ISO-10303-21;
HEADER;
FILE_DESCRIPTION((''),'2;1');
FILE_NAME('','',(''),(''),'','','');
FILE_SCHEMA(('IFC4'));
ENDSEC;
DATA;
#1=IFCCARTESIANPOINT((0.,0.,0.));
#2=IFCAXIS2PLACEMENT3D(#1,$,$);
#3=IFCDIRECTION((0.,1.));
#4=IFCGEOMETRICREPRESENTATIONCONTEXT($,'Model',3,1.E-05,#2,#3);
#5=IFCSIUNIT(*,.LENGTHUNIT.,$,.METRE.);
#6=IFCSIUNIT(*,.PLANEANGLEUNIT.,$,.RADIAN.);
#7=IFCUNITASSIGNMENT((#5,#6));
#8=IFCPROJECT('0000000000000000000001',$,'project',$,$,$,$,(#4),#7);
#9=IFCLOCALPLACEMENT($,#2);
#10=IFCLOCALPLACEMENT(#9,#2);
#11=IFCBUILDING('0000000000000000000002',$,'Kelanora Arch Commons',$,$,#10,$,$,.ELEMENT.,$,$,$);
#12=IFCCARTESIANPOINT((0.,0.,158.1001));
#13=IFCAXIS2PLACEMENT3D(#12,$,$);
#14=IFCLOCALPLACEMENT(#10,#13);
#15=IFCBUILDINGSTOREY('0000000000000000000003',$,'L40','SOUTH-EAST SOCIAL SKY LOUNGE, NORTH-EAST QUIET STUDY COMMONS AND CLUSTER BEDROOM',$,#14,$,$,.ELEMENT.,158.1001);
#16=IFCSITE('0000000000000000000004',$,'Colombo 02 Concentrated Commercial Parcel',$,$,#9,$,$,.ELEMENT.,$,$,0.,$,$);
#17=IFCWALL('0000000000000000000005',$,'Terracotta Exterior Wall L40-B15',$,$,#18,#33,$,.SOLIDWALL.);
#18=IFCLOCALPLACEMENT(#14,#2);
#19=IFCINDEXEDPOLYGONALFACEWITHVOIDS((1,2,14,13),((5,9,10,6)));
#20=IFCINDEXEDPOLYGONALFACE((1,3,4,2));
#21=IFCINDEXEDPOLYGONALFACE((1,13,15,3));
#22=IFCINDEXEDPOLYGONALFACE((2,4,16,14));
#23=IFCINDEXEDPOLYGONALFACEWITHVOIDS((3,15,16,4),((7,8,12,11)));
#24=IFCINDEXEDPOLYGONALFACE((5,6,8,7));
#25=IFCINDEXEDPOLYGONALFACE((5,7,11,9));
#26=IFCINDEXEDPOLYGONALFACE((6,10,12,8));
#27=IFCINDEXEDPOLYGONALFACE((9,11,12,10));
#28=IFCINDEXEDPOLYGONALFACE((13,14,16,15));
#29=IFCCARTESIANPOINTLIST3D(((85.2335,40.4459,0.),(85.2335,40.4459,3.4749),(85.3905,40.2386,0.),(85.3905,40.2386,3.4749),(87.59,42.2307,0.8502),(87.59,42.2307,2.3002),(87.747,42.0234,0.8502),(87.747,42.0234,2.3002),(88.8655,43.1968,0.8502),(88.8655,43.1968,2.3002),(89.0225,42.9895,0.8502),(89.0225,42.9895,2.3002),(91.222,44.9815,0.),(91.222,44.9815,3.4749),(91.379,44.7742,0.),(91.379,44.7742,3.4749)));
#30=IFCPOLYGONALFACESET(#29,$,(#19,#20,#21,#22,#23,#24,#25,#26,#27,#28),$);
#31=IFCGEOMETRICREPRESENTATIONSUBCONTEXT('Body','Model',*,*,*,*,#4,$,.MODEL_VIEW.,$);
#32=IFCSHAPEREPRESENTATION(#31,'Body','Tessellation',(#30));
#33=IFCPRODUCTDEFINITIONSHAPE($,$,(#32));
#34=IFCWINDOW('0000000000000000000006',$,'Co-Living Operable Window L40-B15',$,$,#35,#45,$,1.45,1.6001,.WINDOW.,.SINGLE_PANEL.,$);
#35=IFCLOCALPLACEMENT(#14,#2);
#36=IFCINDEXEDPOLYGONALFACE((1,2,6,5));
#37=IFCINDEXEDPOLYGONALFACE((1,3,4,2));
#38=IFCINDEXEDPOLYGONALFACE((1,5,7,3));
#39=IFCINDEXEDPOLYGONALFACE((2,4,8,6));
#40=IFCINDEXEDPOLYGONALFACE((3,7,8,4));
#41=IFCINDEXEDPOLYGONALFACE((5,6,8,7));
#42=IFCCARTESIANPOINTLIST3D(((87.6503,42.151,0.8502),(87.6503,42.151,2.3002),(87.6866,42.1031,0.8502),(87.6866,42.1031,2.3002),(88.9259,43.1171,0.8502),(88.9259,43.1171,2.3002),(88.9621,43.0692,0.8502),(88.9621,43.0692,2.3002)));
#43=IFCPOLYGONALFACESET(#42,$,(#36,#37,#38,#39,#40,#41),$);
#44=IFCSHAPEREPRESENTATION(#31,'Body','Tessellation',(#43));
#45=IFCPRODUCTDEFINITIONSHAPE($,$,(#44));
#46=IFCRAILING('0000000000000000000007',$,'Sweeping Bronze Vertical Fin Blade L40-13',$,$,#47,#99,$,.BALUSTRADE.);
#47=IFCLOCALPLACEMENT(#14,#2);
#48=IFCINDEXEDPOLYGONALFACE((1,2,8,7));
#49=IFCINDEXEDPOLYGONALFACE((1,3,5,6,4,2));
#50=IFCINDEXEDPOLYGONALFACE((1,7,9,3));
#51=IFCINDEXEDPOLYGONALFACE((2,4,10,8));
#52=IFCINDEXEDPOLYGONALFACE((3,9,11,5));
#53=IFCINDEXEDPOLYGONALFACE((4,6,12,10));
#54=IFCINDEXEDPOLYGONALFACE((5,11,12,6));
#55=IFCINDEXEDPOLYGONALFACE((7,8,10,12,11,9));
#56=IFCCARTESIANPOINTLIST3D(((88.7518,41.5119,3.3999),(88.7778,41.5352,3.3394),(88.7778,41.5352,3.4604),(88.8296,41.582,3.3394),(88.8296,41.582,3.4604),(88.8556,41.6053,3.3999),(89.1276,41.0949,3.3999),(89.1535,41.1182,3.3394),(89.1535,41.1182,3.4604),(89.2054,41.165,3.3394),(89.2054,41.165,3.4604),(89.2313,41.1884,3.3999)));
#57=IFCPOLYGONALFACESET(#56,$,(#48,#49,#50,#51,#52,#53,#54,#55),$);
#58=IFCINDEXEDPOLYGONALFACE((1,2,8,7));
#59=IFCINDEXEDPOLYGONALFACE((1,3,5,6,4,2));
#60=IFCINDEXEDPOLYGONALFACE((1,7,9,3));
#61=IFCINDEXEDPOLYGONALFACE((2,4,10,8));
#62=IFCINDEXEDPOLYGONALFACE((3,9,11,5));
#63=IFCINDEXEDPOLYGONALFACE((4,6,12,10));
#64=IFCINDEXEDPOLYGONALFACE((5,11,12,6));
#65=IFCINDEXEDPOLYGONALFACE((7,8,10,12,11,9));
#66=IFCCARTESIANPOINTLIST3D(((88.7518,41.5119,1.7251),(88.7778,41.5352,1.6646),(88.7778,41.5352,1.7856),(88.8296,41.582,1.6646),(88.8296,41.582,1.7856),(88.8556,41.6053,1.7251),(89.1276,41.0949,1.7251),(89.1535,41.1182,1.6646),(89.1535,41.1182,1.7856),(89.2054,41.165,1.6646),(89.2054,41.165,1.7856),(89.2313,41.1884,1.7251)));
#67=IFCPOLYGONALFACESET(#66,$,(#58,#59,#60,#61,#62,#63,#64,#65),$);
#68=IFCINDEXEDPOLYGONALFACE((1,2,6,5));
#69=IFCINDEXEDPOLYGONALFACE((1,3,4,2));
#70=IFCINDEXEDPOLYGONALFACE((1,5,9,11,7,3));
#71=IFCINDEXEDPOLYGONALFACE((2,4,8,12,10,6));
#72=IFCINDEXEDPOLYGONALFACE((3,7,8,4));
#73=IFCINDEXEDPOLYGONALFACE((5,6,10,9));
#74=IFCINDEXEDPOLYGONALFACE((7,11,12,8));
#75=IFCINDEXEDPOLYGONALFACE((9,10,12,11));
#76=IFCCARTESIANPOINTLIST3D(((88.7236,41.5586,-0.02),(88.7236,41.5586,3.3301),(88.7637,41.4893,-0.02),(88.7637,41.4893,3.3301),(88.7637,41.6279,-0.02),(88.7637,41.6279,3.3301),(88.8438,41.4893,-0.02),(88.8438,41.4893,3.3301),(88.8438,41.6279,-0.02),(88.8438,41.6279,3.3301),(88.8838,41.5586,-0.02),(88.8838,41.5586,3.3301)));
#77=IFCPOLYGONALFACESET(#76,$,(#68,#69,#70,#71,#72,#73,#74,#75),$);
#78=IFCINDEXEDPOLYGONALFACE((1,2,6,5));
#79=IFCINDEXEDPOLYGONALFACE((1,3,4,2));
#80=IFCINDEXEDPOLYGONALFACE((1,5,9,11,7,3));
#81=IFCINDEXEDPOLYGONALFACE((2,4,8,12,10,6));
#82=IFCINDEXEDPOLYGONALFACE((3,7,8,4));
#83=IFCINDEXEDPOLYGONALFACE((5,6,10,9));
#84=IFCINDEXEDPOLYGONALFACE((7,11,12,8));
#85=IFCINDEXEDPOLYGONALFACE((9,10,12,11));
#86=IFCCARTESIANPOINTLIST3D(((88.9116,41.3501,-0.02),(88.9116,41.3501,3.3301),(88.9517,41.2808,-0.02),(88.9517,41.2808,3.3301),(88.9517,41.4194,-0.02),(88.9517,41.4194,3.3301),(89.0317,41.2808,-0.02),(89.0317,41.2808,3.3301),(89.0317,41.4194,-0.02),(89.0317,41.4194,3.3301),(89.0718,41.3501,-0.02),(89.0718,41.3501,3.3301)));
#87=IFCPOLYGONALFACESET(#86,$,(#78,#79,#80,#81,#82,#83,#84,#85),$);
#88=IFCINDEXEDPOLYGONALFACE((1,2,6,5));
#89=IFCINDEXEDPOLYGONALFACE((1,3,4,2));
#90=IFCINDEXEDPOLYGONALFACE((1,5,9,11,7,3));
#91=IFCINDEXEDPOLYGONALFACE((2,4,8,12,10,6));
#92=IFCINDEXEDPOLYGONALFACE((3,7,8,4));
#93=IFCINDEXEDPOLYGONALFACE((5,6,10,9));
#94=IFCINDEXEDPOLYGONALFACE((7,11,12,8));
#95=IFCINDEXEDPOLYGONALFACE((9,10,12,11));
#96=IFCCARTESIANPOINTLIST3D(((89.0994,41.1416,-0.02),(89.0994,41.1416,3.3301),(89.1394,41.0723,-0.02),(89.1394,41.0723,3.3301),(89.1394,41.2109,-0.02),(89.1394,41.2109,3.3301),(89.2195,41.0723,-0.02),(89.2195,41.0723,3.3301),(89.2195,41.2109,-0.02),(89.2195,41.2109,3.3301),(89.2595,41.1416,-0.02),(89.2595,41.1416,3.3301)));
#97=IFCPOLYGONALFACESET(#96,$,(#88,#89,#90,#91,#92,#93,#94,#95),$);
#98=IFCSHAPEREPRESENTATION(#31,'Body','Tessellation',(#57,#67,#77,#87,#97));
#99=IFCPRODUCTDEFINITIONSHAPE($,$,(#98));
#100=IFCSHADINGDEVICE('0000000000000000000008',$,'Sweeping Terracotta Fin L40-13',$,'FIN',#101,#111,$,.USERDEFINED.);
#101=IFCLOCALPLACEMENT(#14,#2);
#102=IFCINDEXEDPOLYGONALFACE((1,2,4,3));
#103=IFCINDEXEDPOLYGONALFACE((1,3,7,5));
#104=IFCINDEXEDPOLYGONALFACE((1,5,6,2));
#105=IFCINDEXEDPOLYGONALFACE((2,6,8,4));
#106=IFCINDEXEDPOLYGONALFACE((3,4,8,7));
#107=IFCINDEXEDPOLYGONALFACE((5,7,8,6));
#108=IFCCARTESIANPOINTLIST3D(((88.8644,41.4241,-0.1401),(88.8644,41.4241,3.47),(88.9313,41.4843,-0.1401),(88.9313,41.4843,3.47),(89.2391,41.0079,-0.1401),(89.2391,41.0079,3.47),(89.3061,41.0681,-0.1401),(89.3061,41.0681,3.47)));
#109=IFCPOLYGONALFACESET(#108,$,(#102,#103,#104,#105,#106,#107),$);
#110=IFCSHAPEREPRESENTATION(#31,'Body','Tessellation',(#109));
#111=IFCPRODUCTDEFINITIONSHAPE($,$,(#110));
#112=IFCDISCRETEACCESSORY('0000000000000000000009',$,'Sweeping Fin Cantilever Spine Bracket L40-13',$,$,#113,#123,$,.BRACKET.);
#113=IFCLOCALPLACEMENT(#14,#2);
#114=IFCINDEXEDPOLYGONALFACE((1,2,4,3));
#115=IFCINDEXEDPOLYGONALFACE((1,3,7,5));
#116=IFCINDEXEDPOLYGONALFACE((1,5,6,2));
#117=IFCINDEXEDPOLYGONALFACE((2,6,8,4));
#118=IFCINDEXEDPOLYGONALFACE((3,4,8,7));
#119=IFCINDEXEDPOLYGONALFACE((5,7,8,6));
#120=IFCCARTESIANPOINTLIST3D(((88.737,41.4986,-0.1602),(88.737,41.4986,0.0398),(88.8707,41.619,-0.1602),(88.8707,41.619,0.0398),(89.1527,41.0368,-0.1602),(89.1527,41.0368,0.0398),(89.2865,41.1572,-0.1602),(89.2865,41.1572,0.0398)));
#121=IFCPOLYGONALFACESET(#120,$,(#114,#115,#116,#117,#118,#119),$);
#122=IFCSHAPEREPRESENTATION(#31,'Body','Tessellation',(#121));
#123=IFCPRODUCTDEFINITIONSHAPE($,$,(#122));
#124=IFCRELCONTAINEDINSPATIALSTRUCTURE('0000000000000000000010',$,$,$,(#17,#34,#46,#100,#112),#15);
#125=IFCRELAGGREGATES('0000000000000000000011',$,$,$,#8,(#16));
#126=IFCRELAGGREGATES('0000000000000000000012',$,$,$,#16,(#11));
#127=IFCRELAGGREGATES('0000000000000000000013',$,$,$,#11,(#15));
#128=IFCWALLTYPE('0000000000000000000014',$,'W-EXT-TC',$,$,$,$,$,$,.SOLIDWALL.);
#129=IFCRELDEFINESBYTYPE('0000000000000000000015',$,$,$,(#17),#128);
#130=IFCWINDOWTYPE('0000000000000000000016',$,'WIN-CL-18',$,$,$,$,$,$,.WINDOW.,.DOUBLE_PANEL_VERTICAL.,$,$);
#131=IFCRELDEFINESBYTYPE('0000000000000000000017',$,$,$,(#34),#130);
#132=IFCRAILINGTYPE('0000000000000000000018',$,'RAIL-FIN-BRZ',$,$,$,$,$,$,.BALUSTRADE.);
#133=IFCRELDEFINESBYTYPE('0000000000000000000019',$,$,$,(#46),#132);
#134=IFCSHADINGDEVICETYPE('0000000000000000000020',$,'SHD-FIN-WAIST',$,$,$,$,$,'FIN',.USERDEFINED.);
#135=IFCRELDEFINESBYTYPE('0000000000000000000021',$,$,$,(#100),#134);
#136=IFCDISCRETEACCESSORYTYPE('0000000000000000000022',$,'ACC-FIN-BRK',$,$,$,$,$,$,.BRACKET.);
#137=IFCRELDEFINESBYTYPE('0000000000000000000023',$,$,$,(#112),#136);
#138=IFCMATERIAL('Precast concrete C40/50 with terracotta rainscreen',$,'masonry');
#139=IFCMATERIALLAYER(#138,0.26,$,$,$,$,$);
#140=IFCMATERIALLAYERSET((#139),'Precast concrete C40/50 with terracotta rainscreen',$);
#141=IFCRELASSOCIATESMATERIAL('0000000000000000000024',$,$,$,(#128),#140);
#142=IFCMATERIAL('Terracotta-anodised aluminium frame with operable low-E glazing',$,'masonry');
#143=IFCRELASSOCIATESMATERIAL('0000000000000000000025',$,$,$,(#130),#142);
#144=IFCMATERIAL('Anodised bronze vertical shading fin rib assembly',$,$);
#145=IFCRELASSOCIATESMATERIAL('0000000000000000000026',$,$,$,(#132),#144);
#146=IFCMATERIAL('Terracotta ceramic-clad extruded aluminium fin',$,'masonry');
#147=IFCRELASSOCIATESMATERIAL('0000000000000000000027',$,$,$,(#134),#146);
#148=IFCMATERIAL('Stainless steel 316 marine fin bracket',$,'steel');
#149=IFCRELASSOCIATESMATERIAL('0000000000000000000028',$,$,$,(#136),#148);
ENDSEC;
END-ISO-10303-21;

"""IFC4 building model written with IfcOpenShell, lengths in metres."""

from ifc_helpers import new_model, si_unit, direction, frame, frame_2d, origin, origin_2d, place, context, subcontext, project, spatial, polyline, rectangle, outline, extrude, source, transform, mapped, material, layer, layer_set, type_object, element, fill, save


model = new_model("IFC4")

# Units and contexts
model_context = context("Model", 3, precision=1e-05, world=origin(), true_north=direction((0.0, 1.0)))
body_context = subcontext(model_context, "Body", "Model", "MODEL_VIEW")
ifc_project = project(units=[si_unit("LENGTHUNIT", "METRE"), si_unit("PLANEANGLEUNIT", "RADIAN")], contexts=[model_context])

# Site, building, storey
site_placement = place(None, origin())
site = spatial("IfcSite", under=ifc_project, at=site_placement, Name="Colombo 02 Concentrated Commercial Parcel", CompositionType="ELEMENT", RefElevation=0.0)
building_placement = place(site_placement, origin())
building = spatial("IfcBuilding", under=site, at=building_placement, Name="Kelanora Arch Commons", CompositionType="ELEMENT")
storey_placement = place(building_placement, frame((0.0, 0.0, 158.1001)))
storey = spatial("IfcBuildingStorey", under=building, at=storey_placement, Name="L40", Description="SOUTH-EAST SOCIAL SKY LOUNGE, NORTH-EAST QUIET STUDY COMMONS AND CLUSTER BEDROOM", CompositionType="ELEMENT", Elevation=158.1001)

# Wall, opening, window
ifc_material_1 = material(Name="Precast concrete C40/50 with terracotta rainscreen", Category="masonry")
ifc_layer_1 = layer(ifc_material_1, 0.26)
ifc_layer_set_1 = layer_set([ifc_layer_1], Name="Precast concrete C40/50 with terracotta rainscreen")
wall_type = type_object("IfcWallType", Name="W-EXT-TC", PredefinedType="SOLIDWALL", material=ifc_layer_set_1)
wall_placement = place(storey_placement, frame((85.312, 40.3423, 0.0), z_axis=(0.0, 0.0, 1.0), x_axis=(0.797164, 0.603763, 0.0)))
wall = element("IfcWall", 1, at=wall_placement, inside=storey, type_object=wall_type, Name="Terracotta Exterior Wall L40-B15", PredefinedType="SOLIDWALL", context=body_context, shape_type="SweptSolid", body=[
    extrude(rectangle(XDim=7.5122, YDim=0.26, at=frame_2d((3.7561, 0.0))), origin(), (0.0, 0.0, 1.0), 3.4749),
])
opening_placement = place(wall_placement, frame((2.9561, 0.0, 0.8501)))
opening = element("IfcOpeningElement", 2, at=opening_placement, cuts=wall, PredefinedType="OPENING", context=body_context, shape_type="SweptSolid", body=[
    extrude(rectangle(XDim=1.6001, YDim=1.45, at=frame_2d((0.8, 0.7251))), frame((0.0, 0.1401, 0.0), z_axis=(0.0, -1.0, 0.0), x_axis=(1.0, 0.0, 0.0)), (0.0, 0.0, 1.0), 0.28),
])
ifc_material_2 = material(Name="Terracotta-anodised aluminium frame with operable low-E glazing", Category="masonry")
window_type = type_object("IfcWindowType", Name="WIN-CL-18", PartitioningType="DOUBLE_PANEL_VERTICAL", PredefinedType="WINDOW", material=ifc_material_2)
window_placement = place(opening_placement, origin())
window = element("IfcWindow", 3, at=window_placement, inside=storey, type_object=window_type, Name="Co-Living Operable Window L40-B15", OverallHeight=1.45, OverallWidth=1.6001, PartitioningType="SINGLE_PANEL", PredefinedType="WINDOW", context=body_context, shape_type="SweptSolid", body=[
    extrude(rectangle(XDim=1.6001, YDim=1.45, at=frame_2d((0.8, 0.7251))), frame((0.0, 0.03, 0.0), z_axis=(0.0, -1.0, 0.0), x_axis=(1.0, 0.0, 0.0)), (0.0, 0.0, 1.0), 0.0601),
])
fill(opening, window)

# Railing
ifc_material_3 = material(Name="Anodised bronze vertical shading fin rib assembly")
railing_type = type_object("IfcRailingType", Name="RAIL-FIN-BRZ", PredefinedType="BALUSTRADE", material=ifc_material_3)
railing_placement = place(storey_placement, frame((88.8037, 41.5586, -0.02)))
element("IfcRailing", 4, at=railing_placement, inside=storey, type_object=railing_type, Name="Sweeping Bronze Vertical Fin Blade L40-13", PredefinedType="BALUSTRADE", context=body_context, shape_type="SweptSolid", body=[
    extrude(outline(polyline([(0.0698, 0.0), (0.0349, 0.0605), (-0.0349, 0.0605), (-0.0698, 0.0), (-0.0349, -0.0605), (0.0349, -0.0605), (0.0698, 0.0)])), frame((0.0, 0.0, 3.4199), z_axis=(0.669397, -0.742905, 0.0), x_axis=(0.742905, 0.669397, 0.0)), (0.0, 0.0, 1.0), 0.5613),
    extrude(outline(polyline([(0.0698, 0.0), (0.0349, 0.0605), (-0.0349, 0.0605), (-0.0698, 0.0), (-0.0349, -0.0605), (0.0349, -0.0605), (0.0698, 0.0)])), frame((0.0, 0.0, 1.7451), z_axis=(0.669397, -0.742905, 0.0), x_axis=(0.742905, 0.669397, 0.0)), (0.0, 0.0, 1.0), 0.5613),
    extrude(outline(polyline([(0.0801, 0.0), (0.04, 0.0693), (-0.04, 0.0693), (-0.0801, 0.0), (-0.04, -0.0693), (0.04, -0.0693), (0.0801, 0.0)])), origin(), (0.0, 0.0, 1.0), 3.3501),
    extrude(outline(polyline([(0.0801, 0.0), (0.04, 0.0693), (-0.04, 0.0693), (-0.0801, 0.0), (-0.04, -0.0693), (0.04, -0.0693), (0.0801, 0.0)])), frame((0.188, -0.2085, 0.0)), (0.0, 0.0, 1.0), 3.3501),
    extrude(outline(polyline([(0.0801, 0.0), (0.04, 0.0693), (-0.04, 0.0693), (-0.0801, 0.0), (-0.04, -0.0693), (0.04, -0.0693), (0.0801, 0.0)])), frame((0.3757, -0.417, 0.0)), (0.0, 0.0, 1.0), 3.3501),
])

# Shading device
ifc_material_4 = material(Name="Terracotta ceramic-clad extruded aluminium fin", Category="masonry")
shading_device_type = type_object("IfcShadingDeviceType", Name="SHD-FIN-WAIST", ElementType="FIN", PredefinedType="USERDEFINED", material=ifc_material_4)
shared_shape_1 = source(origin(), body_context, "Body", "SweptSolid", [
    extrude(rectangle(XDim=0.5601, YDim=0.0901, at=origin_2d()), origin(), (0.0, 0.0, 1.0), 3.6101),
])
shading_device_placement = place(storey_placement, frame((89.0852, 41.2461, -0.1401), z_axis=(0.0, 0.0, 1.0), x_axis=(0.669131, -0.743145, 0.0)))
element("IfcShadingDevice", 5, at=shading_device_placement, inside=storey, type_object=shading_device_type, Name="Sweeping Terracotta Fin L40-13", ObjectType="FIN", PredefinedType="USERDEFINED", context=body_context, shape_type="MappedRepresentation", body=[
    mapped(shared_shape_1, transform((0.0, 0.0, 0.0), scale=1.0)),
])

# Discrete accessory
ifc_material_5 = material(Name="Stainless steel 316 marine fin bracket", Category="steel")
discrete_accessory_type = type_object("IfcDiscreteAccessoryType", Name="ACC-FIN-BRK", PredefinedType="BRACKET", material=ifc_material_5)
shared_shape_2 = source(origin(), body_context, "Body", "SweptSolid", [
    extrude(rectangle(XDim=0.6213, YDim=0.1799, at=origin_2d()), origin(), (0.0, 0.0, 1.0), 0.2),
])
discrete_accessory_placement = place(storey_placement, frame((89.0117, 41.3279, -0.1602), z_axis=(0.0, 0.0, 1.0), x_axis=(0.669131, -0.743145, 0.0)))
element("IfcDiscreteAccessory", 6, at=discrete_accessory_placement, inside=storey, type_object=discrete_accessory_type, Name="Sweeping Fin Cantilever Spine Bracket L40-13", PredefinedType="BRACKET", context=body_context, shape_type="MappedRepresentation", body=[
    mapped(shared_shape_2, transform((0.0, 0.0, 0.0), scale=1.0)),
])

save(model, "model.ifc")
